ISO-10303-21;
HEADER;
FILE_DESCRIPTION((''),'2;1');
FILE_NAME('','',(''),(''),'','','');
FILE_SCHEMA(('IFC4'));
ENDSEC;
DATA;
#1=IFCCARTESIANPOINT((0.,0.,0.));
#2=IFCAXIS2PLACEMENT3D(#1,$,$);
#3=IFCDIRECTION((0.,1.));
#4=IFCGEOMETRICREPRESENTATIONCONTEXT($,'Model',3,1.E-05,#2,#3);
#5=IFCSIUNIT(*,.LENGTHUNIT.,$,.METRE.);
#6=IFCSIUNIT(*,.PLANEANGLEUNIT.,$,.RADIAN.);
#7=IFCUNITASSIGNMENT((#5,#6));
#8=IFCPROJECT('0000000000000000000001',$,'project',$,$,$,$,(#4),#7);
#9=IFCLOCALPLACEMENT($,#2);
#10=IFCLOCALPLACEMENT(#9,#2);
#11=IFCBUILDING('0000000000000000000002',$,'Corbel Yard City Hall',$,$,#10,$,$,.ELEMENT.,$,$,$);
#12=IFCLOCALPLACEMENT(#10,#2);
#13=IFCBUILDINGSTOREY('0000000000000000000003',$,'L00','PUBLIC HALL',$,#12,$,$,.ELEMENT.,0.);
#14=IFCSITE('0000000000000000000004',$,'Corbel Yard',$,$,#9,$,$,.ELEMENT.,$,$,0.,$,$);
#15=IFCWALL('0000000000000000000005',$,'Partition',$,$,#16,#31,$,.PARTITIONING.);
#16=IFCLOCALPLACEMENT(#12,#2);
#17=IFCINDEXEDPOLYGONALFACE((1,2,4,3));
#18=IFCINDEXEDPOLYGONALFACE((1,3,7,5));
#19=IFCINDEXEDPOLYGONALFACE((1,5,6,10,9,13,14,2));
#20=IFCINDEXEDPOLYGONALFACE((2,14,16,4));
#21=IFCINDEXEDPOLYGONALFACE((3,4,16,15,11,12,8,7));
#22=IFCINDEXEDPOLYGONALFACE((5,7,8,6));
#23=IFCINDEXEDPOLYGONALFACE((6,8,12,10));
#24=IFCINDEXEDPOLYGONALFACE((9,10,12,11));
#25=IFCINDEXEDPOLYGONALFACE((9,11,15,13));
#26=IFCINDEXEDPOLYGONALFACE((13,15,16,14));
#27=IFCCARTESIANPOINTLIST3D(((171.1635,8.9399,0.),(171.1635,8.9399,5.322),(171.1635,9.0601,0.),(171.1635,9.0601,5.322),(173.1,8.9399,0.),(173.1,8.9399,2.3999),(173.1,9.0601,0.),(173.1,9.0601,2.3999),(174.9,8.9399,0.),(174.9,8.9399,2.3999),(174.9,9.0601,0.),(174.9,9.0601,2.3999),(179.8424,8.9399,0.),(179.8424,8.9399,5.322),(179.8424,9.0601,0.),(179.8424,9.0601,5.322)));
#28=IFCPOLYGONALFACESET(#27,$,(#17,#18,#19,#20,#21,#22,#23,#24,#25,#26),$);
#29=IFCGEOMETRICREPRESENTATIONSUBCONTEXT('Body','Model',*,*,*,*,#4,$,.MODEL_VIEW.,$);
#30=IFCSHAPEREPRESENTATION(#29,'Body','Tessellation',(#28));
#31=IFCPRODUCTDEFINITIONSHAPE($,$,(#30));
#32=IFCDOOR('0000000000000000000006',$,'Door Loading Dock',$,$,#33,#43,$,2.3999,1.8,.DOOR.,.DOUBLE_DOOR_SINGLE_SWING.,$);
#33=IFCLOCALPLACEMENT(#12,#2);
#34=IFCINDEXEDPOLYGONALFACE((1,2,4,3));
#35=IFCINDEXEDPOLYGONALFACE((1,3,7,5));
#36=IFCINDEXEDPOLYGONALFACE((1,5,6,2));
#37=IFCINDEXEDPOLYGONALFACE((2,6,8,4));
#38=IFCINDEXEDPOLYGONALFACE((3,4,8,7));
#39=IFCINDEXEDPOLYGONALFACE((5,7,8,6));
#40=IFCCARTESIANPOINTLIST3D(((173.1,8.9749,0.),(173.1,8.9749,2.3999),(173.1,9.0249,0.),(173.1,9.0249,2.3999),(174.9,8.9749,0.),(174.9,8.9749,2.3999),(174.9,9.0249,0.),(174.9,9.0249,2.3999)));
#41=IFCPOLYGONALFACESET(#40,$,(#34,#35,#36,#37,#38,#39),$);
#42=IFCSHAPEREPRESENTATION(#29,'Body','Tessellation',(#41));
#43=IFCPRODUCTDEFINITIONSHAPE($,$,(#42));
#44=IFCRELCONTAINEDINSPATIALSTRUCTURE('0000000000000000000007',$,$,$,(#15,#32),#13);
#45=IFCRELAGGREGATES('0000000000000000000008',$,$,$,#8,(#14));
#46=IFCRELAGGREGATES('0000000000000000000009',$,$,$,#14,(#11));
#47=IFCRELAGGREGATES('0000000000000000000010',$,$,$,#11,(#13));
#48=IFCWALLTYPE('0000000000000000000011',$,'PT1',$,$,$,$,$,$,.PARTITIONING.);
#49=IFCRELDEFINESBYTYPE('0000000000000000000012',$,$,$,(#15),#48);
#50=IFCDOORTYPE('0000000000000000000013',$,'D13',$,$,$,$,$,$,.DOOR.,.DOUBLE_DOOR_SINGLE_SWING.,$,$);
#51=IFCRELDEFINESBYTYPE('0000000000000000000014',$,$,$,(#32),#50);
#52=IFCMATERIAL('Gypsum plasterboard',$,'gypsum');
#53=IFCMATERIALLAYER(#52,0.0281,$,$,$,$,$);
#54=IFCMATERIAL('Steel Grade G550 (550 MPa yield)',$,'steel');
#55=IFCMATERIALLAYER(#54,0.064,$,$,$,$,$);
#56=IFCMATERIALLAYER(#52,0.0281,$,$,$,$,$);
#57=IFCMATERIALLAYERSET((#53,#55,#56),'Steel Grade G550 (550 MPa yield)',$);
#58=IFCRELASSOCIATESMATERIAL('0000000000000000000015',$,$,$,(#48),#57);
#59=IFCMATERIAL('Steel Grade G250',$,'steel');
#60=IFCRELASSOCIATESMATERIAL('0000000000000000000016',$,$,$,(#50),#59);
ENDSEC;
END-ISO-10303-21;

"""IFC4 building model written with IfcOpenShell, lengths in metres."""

from ifc_helpers import new_model, si_unit, direction, frame, frame_2d, origin, place, context, subcontext, project, spatial, rectangle, extrude, material, layer, layer_set, type_object, element, fill, save


model = new_model("IFC4")

# Units and contexts
model_context = context("Model", 3, precision=1e-05, world=origin(), true_north=direction((0.0, 1.0)))
body_context = subcontext(model_context, "Body", "Model", "MODEL_VIEW")
ifc_project = project(units=[si_unit("LENGTHUNIT", "METRE"), si_unit("PLANEANGLEUNIT", "RADIAN")], contexts=[model_context])

# Site, building, storey
site_placement = place(None, origin())
site = spatial("IfcSite", under=ifc_project, at=site_placement, Name="Corbel Yard", CompositionType="ELEMENT", RefElevation=0.0)
building_placement = place(site_placement, origin())
building = spatial("IfcBuilding", under=site, at=building_placement, Name="Corbel Yard City Hall", CompositionType="ELEMENT")
storey_placement = place(building_placement, origin())
storey = spatial("IfcBuildingStorey", under=building, at=storey_placement, Name="L00", Description="PUBLIC HALL", CompositionType="ELEMENT", Elevation=0.0)

# Shared definitions
ifc_material_1 = material(Name="Gypsum plasterboard", Category="gypsum")

# Shared definitions
ifc_material_2 = material(Name="Steel Grade G250", Category="steel")

# Wall, opening, door
ifc_layer_1 = layer(ifc_material_1, 0.0281)
ifc_material_3 = material(Name="Steel Grade G550 (550 MPa yield)", Category="steel")
ifc_layer_2 = layer(ifc_material_3, 0.064)
ifc_layer_3 = layer(ifc_material_1, 0.0281)
ifc_layer_set_1 = layer_set([ifc_layer_1, ifc_layer_2, ifc_layer_3], Name="Steel Grade G550 (550 MPa yield)")
wall_type_1 = type_object("IfcWallType", Name="PT1", PredefinedType="PARTITIONING", material=ifc_layer_set_1)
wall_1_placement = place(storey_placement, frame((171.1636, 9.0, 0.0), z_axis=(0.0, 0.0, 1.0), x_axis=(1.0, 0.0, 0.0)))
wall_1 = element("IfcWall", 1, at=wall_1_placement, inside=storey, type_object=wall_type_1, Name="Partition", PredefinedType="PARTITIONING", context=body_context, shape_type="SweptSolid", body=[
    extrude(rectangle(XDim=8.679, YDim=0.1201, at=frame_2d((4.3394, 0.0))), origin(), (0.0, 0.0, 1.0), 5.322),
])
opening_1_placement = place(wall_1_placement, frame((1.9365, 0.0, 0.0)))
opening_1 = element("IfcOpeningElement", 2, at=opening_1_placement, cuts=wall_1, PredefinedType="OPENING", context=body_context, shape_type="SweptSolid", body=[
    extrude(rectangle(XDim=1.8, YDim=2.3999, at=frame_2d((0.8999, 1.2))), frame((0.0, 0.0701, 0.0), z_axis=(0.0, -1.0, 0.0), x_axis=(1.0, 0.0, 0.0)), (0.0, 0.0, 1.0), 0.1401),
])
door_type_1 = type_object("IfcDoorType", Name="D13", OperationType="DOUBLE_DOOR_SINGLE_SWING", PredefinedType="DOOR", material=ifc_material_2)
door_1_placement = place(opening_1_placement, origin())
door_1 = element("IfcDoor", 3, at=door_1_placement, inside=storey, type_object=door_type_1, Name="Door Loading Dock", OperationType="DOUBLE_DOOR_SINGLE_SWING", OverallHeight=2.3999, OverallWidth=1.8, PredefinedType="DOOR", context=body_context, shape_type="SweptSolid", body=[
    extrude(rectangle(XDim=1.8, YDim=2.3999, at=frame_2d((0.8999, 1.2))), frame((0.0, 0.0249, 0.0), z_axis=(0.0, -1.0, 0.0), x_axis=(1.0, 0.0, 0.0)), (0.0, 0.0, 1.0), 0.05),
])
fill(opening_1, door_1)

save(model, "model.ifc")
